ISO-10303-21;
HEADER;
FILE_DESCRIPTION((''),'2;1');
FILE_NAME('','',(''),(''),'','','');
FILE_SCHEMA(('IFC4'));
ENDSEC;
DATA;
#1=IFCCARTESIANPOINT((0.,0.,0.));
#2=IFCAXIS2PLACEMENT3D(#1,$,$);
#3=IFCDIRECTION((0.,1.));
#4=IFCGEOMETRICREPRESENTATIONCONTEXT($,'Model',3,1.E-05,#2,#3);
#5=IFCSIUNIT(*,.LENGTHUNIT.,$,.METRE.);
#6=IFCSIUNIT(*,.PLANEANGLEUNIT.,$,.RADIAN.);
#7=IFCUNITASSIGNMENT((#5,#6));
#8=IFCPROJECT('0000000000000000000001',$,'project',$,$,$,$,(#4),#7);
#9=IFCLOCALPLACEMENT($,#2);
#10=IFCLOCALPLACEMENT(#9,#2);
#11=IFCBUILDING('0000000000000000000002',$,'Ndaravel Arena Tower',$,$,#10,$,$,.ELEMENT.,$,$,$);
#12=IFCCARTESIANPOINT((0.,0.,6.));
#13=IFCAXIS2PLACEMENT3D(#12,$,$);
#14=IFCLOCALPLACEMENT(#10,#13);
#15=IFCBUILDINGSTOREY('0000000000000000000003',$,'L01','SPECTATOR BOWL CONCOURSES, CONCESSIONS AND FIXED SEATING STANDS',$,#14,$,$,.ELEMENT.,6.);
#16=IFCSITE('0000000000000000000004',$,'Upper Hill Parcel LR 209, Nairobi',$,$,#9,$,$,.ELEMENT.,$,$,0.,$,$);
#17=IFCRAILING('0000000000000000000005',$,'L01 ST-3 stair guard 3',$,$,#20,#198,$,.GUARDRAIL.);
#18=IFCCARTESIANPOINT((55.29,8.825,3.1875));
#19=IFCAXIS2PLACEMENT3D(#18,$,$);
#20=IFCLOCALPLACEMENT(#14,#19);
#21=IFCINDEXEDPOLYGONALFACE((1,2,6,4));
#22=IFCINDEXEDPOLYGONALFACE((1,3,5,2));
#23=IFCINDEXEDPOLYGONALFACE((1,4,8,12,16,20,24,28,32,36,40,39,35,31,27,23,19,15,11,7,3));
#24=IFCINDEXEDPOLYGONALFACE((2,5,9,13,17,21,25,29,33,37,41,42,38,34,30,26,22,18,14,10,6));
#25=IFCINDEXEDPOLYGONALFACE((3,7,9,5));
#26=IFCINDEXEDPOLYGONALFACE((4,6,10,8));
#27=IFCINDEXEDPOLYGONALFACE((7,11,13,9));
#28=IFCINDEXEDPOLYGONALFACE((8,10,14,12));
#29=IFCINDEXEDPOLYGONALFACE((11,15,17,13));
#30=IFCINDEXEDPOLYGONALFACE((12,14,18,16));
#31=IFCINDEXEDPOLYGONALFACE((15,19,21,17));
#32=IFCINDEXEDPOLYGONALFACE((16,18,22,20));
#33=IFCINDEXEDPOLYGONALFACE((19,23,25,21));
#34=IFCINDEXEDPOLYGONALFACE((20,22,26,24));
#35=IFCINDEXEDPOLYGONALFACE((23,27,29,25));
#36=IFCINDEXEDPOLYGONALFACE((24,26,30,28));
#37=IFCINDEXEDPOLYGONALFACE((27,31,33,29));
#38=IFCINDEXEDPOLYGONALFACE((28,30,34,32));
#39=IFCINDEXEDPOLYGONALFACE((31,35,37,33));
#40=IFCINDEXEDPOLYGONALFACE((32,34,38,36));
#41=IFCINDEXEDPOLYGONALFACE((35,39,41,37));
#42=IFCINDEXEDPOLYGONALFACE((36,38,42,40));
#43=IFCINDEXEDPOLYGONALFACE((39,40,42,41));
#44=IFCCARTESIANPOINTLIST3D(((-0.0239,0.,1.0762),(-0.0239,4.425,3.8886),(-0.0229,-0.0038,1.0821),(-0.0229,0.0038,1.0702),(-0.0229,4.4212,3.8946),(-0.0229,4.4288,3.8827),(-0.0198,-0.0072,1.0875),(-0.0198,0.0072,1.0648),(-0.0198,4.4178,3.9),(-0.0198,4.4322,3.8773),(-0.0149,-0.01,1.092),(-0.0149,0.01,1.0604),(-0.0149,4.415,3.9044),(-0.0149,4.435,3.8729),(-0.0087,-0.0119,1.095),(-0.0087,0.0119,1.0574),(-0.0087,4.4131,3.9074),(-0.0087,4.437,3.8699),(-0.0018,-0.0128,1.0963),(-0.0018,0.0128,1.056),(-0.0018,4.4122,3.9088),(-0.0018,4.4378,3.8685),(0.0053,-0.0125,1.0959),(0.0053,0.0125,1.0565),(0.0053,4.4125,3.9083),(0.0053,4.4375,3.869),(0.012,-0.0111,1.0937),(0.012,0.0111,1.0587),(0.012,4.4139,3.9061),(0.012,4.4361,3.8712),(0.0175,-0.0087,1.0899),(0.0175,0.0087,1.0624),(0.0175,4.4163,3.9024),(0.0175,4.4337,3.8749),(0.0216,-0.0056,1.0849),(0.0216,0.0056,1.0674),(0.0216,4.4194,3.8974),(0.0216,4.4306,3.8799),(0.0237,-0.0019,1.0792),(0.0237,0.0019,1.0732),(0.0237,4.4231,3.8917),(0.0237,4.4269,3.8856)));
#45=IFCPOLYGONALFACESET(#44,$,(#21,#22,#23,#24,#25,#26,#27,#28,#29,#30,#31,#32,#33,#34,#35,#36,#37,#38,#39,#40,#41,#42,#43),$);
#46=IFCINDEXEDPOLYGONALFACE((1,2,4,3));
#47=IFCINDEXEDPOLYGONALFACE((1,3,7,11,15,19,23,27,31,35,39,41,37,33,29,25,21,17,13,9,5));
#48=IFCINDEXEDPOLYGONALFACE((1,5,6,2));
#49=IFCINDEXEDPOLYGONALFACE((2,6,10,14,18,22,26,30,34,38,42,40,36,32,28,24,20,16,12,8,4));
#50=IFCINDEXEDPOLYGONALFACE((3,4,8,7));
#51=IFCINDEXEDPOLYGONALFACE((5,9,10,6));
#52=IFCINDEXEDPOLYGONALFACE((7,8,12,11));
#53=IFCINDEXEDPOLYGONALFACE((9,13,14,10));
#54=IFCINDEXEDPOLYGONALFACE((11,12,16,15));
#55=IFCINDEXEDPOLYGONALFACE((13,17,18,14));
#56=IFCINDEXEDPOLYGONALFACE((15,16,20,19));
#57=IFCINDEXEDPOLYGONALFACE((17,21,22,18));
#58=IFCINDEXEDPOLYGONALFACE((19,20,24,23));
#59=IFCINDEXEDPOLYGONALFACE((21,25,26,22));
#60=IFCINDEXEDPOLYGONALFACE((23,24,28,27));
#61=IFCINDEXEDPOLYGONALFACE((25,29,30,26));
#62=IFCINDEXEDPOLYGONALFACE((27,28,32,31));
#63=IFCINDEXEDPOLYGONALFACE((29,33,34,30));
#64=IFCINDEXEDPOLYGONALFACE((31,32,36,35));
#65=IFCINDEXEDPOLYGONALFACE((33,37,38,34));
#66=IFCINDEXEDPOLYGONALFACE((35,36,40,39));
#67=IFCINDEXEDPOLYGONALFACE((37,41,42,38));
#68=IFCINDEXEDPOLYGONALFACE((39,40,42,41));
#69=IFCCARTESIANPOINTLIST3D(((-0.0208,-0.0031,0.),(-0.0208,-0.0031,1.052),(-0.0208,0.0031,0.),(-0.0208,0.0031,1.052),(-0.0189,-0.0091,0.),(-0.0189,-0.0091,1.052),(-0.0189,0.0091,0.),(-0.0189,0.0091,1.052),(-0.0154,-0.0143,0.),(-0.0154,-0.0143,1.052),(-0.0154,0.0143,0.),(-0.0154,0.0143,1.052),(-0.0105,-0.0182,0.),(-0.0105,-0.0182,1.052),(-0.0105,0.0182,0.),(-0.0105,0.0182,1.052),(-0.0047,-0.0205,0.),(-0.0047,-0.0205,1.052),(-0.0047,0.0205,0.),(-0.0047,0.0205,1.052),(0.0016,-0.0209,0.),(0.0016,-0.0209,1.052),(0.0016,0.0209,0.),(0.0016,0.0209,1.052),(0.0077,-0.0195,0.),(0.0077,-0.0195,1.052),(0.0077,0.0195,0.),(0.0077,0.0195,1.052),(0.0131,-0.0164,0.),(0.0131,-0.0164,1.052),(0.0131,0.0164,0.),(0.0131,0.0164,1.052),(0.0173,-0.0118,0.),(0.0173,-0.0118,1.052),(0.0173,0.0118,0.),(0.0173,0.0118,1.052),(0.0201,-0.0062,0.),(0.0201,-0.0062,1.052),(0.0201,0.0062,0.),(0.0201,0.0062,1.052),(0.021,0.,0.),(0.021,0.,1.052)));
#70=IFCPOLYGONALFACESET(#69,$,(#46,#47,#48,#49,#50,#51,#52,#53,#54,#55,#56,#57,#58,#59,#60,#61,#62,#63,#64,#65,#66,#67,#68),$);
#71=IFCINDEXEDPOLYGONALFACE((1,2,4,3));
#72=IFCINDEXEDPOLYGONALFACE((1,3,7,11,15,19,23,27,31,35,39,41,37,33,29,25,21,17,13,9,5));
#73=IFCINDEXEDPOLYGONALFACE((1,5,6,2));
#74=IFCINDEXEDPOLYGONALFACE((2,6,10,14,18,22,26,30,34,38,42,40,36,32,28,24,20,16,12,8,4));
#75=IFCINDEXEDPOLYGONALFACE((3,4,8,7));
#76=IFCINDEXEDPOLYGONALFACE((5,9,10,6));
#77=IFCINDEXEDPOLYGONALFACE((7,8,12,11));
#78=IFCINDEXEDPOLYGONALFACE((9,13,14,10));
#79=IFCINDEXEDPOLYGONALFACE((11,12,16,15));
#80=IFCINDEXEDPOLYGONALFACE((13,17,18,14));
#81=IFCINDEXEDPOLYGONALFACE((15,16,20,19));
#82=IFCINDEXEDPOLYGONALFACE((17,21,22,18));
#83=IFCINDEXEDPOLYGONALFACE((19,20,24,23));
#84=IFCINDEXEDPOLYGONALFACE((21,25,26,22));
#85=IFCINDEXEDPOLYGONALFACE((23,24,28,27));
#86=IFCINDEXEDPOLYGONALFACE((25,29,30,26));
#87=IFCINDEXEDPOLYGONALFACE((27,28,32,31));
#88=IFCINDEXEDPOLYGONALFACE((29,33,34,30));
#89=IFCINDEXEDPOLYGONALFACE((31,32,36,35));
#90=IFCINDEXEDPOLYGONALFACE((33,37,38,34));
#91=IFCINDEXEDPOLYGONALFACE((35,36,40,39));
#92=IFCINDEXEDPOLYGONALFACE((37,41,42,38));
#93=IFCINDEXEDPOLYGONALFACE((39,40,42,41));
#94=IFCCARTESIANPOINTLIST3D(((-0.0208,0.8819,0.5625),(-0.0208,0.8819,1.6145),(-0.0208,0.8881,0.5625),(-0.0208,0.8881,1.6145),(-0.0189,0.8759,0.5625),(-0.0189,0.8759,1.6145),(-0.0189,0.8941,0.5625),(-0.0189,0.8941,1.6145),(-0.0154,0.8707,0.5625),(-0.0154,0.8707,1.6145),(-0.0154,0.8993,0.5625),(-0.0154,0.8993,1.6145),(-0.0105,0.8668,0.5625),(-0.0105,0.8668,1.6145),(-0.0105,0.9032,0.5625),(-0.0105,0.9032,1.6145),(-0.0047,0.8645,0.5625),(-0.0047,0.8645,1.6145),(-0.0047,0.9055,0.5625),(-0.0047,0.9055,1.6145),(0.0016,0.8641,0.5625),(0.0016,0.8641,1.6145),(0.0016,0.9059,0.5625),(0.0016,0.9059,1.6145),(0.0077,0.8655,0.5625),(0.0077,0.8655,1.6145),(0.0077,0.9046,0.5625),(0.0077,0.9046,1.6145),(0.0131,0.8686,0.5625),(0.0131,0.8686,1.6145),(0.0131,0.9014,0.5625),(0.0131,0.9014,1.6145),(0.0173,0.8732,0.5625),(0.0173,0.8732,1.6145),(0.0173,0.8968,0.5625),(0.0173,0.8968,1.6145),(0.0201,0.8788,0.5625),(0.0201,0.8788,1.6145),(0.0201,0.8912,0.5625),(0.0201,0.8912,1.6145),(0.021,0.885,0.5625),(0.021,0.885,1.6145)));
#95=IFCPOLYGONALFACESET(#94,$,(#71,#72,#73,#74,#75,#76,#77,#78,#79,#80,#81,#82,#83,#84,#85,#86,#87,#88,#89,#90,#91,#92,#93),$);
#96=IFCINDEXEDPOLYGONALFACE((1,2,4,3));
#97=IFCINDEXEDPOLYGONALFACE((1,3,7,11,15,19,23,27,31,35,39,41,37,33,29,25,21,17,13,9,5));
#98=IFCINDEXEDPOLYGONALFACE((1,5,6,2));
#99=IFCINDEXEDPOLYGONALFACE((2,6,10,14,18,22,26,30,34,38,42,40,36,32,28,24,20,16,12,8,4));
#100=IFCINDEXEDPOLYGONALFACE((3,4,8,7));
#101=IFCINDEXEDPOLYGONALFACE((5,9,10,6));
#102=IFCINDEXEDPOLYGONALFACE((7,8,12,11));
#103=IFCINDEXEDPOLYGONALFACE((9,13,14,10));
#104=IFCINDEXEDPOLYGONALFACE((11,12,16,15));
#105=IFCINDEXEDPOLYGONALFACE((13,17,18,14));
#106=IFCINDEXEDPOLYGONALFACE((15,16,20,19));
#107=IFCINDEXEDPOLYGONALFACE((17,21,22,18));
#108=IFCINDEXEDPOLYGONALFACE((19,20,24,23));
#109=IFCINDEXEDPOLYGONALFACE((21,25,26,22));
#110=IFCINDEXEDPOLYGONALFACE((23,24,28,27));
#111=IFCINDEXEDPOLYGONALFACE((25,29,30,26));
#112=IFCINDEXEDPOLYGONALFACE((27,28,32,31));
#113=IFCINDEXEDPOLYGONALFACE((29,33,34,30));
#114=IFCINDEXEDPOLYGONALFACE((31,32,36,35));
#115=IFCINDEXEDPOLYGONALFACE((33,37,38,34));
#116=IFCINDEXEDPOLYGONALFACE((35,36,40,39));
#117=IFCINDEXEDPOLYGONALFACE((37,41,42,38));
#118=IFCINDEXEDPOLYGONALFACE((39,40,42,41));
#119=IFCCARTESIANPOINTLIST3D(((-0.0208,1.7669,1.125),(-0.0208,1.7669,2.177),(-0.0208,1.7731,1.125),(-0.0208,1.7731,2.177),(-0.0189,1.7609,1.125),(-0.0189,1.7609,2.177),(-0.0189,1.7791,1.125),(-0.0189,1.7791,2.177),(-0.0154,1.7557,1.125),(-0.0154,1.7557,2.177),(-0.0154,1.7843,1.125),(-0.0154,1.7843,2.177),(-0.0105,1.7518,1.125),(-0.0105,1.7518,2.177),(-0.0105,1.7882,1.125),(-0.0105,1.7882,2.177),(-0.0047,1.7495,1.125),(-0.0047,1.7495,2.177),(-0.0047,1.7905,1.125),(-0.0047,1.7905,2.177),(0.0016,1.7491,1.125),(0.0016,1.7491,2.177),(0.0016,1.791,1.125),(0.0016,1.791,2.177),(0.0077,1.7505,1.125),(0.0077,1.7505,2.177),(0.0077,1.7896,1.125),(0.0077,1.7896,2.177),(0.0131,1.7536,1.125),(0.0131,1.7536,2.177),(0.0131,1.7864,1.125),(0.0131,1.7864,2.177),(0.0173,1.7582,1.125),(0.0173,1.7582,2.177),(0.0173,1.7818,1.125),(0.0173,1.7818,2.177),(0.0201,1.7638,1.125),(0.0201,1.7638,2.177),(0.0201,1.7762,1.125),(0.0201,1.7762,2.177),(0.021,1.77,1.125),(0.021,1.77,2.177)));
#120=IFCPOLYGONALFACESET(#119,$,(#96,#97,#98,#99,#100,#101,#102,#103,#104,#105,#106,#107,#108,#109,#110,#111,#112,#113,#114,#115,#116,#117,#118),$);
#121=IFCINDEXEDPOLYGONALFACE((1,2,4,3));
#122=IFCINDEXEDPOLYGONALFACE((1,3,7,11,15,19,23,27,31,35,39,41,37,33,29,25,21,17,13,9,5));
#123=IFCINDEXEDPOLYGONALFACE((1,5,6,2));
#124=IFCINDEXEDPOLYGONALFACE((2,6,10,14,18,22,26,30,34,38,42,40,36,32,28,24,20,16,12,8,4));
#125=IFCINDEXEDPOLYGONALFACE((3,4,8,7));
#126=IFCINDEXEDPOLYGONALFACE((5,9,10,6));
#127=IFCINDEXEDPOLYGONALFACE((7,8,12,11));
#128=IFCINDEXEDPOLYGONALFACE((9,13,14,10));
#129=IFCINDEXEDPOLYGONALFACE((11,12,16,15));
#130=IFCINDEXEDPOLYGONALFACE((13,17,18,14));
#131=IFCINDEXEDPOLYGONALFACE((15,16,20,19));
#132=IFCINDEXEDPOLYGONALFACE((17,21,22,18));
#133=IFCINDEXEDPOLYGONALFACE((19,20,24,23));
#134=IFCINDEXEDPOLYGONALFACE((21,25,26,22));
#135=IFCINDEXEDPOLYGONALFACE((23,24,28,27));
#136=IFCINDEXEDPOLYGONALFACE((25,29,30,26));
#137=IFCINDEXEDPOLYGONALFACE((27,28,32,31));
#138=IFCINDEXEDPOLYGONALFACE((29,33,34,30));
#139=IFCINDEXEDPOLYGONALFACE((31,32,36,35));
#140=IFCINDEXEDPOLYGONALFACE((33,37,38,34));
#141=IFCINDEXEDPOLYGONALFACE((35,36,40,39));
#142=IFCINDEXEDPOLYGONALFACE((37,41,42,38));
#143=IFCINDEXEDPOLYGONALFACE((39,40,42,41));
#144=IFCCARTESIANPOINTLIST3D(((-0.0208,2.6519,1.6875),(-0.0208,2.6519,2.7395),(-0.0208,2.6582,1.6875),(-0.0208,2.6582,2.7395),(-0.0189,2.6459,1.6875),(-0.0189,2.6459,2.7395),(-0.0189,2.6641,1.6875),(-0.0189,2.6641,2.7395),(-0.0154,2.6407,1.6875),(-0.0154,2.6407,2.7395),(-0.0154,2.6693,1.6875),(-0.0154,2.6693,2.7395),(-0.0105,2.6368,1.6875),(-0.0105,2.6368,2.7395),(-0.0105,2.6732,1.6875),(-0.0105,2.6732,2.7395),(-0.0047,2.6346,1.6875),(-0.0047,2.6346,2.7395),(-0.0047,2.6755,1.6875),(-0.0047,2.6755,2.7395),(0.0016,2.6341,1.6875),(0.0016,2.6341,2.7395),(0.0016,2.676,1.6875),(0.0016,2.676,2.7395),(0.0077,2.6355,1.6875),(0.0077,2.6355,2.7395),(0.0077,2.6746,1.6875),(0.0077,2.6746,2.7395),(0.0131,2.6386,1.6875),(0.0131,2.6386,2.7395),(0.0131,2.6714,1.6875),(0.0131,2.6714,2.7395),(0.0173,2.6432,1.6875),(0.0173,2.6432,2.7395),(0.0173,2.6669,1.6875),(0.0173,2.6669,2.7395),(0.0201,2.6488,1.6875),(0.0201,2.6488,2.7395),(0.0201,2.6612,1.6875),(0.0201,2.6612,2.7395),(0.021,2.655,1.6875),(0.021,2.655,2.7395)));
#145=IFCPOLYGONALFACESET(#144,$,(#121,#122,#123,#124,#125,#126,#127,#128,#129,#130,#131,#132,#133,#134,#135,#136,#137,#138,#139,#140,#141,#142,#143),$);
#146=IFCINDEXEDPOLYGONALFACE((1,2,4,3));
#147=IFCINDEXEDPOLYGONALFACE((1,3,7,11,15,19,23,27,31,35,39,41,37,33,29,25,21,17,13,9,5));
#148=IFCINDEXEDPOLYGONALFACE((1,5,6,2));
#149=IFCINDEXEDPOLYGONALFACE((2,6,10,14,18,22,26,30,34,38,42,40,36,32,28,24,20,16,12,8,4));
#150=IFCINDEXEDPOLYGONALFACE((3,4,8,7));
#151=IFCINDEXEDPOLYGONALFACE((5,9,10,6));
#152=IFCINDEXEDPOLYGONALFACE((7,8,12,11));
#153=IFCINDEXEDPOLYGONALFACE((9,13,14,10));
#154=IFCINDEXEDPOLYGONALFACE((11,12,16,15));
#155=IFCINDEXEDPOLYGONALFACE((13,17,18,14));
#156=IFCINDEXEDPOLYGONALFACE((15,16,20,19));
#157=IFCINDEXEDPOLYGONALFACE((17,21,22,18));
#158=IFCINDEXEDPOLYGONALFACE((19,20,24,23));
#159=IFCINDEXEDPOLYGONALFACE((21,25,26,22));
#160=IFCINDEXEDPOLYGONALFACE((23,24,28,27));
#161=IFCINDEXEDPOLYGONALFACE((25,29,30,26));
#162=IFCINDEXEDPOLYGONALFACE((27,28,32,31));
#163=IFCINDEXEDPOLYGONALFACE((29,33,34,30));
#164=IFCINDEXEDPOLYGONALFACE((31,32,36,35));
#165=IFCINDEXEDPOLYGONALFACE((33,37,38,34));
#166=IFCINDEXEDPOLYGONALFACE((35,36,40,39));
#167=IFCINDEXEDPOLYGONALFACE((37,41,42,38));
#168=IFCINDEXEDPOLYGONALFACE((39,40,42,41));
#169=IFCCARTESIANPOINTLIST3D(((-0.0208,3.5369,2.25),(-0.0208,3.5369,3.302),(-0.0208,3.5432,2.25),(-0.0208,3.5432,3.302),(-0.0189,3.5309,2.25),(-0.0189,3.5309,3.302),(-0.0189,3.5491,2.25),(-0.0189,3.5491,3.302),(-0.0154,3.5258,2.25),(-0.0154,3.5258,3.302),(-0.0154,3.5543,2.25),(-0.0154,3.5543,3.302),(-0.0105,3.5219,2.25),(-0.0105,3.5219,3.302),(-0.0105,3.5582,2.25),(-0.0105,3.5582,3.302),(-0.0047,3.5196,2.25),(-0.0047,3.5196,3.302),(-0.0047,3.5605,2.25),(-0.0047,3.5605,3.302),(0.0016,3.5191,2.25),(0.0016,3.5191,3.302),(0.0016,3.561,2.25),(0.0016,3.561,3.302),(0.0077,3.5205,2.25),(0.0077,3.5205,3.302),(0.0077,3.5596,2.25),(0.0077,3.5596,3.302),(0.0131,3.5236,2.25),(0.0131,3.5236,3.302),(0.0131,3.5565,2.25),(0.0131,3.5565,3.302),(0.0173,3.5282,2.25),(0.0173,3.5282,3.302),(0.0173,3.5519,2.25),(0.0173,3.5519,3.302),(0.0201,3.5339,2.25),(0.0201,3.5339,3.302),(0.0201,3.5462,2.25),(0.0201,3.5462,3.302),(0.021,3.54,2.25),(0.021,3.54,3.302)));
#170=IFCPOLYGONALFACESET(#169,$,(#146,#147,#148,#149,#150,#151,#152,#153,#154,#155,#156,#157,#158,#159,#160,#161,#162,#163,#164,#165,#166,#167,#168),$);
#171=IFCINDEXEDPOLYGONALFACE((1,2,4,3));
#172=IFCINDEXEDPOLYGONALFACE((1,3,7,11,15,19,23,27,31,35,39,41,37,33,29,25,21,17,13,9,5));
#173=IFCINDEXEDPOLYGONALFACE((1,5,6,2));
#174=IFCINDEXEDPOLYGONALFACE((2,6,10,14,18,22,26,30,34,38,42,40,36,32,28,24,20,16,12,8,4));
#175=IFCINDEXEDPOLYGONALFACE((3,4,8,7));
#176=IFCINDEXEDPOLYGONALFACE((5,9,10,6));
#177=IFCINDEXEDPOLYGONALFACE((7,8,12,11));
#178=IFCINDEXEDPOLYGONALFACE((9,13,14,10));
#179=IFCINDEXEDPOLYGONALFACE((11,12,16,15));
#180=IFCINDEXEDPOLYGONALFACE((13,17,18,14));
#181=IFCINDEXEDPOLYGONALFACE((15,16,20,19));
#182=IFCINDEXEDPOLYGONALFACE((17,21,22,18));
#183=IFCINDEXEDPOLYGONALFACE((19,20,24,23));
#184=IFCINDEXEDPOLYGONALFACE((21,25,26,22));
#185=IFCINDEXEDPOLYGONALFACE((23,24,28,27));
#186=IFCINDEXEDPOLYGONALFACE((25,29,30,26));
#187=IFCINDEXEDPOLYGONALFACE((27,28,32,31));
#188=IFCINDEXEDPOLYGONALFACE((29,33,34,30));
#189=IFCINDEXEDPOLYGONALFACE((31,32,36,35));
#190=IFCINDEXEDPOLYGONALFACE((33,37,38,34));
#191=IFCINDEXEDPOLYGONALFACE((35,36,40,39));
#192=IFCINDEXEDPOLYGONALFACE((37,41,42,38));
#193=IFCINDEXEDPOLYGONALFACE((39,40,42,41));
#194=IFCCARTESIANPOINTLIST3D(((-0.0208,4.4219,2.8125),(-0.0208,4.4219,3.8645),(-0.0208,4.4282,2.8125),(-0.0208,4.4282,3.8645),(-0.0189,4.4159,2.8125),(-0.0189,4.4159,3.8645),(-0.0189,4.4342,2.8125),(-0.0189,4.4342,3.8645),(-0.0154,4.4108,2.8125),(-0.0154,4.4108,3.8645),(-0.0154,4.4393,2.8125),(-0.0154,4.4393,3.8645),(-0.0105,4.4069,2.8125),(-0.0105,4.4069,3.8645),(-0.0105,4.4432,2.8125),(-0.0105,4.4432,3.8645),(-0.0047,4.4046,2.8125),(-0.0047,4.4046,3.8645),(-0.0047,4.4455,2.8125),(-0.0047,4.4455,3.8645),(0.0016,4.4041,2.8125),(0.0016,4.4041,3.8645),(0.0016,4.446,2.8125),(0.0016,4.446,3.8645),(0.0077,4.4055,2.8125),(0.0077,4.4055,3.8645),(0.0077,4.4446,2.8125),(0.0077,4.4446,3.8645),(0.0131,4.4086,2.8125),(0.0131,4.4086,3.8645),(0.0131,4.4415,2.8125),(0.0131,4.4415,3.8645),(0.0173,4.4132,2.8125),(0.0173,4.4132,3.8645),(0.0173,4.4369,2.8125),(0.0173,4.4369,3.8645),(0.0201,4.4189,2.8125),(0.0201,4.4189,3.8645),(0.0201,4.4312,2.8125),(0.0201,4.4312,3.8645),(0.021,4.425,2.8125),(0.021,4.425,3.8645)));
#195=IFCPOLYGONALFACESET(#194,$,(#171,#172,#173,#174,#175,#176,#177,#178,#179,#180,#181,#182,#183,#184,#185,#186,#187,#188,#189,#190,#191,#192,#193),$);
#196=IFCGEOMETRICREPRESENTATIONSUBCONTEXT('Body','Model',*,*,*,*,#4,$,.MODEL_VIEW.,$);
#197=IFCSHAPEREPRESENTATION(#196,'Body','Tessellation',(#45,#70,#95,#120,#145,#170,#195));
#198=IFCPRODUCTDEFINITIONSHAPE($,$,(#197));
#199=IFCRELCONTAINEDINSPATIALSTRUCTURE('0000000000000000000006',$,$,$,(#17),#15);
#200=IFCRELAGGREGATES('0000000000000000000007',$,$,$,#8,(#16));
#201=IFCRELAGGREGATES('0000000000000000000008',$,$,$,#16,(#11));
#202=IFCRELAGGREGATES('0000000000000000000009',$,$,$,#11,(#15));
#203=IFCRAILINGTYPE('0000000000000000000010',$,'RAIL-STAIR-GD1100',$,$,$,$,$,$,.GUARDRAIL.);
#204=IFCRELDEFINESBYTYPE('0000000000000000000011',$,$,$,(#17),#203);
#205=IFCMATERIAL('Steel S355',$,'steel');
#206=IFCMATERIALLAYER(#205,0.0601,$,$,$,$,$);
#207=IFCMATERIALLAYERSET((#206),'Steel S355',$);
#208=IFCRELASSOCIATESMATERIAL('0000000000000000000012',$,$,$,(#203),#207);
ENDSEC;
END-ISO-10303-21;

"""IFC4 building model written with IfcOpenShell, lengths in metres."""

from ifc_helpers import new_model, si_unit, direction, frame, origin, origin_2d, place, context, subcontext, project, spatial, circle, extrude, material, layer, layer_set, type_object, element, save


model = new_model("IFC4")

# Units and contexts
model_context = context("Model", 3, precision=1e-05, world=origin(), true_north=direction((0.0, 1.0)))
body_context = subcontext(model_context, "Body", "Model", "MODEL_VIEW")
ifc_project = project(units=[si_unit("LENGTHUNIT", "METRE"), si_unit("PLANEANGLEUNIT", "RADIAN")], contexts=[model_context])

# Site, building, storey
site_placement = place(None, origin())
site = spatial("IfcSite", under=ifc_project, at=site_placement, Name="Upper Hill Parcel LR 209, Nairobi", CompositionType="ELEMENT", RefElevation=0.0)
building_placement = place(site_placement, origin())
building = spatial("IfcBuilding", under=site, at=building_placement, Name="Ndaravel Arena Tower", CompositionType="ELEMENT")
storey_placement = place(building_placement, frame((0.0, 0.0, 6.0)))
storey = spatial("IfcBuildingStorey", under=building, at=storey_placement, Name="L01", Description="SPECTATOR BOWL CONCOURSES, CONCESSIONS AND FIXED SEATING STANDS", CompositionType="ELEMENT", Elevation=6.0)

# Railing
ifc_material_1 = material(Name="Steel S355", Category="steel")
ifc_layer_1 = layer(ifc_material_1, 0.0601)
ifc_layer_set_1 = layer_set([ifc_layer_1], Name="Steel S355")
railing_type_1 = type_object("IfcRailingType", Name="RAIL-STAIR-GD1100", PredefinedType="GUARDRAIL", material=ifc_layer_set_1)
railing_1_placement = place(storey_placement, frame((55.29, 8.825, 3.1875)))
element("IfcRailing", 1, at=railing_1_placement, inside=storey, type_object=railing_type_1, Name="L01 ST-3 stair guard 3", PredefinedType="GUARDRAIL", context=body_context, shape_type="SweptSolid", body=[
    extrude(circle(Radius=0.0239, at=origin_2d()), frame((0.0, 0.0, 1.0762), z_axis=(0.0, 0.843959, 0.536408), x_axis=(-1.0, 0.0, 0.0)), (0.0, 0.0, 1.0), 5.2432),
    extrude(circle(Radius=0.021, at=origin_2d()), origin(), (0.0, 0.0, 1.0), 1.052),
    extrude(circle(Radius=0.021, at=origin_2d()), frame((0.0, 0.885, 0.5625)), (0.0, 0.0, 1.0), 1.052),
    extrude(circle(Radius=0.021, at=origin_2d()), frame((0.0, 1.77, 1.125)), (0.0, 0.0, 1.0), 1.052),
    extrude(circle(Radius=0.021, at=origin_2d()), frame((0.0, 2.655, 1.6875)), (0.0, 0.0, 1.0), 1.052),
    extrude(circle(Radius=0.021, at=origin_2d()), frame((0.0, 3.54, 2.25)), (0.0, 0.0, 1.0), 1.052),
    extrude(circle(Radius=0.021, at=origin_2d()), frame((0.0, 4.425, 2.8125)), (0.0, 0.0, 1.0), 1.052),
])

save(model, "model.ifc")
